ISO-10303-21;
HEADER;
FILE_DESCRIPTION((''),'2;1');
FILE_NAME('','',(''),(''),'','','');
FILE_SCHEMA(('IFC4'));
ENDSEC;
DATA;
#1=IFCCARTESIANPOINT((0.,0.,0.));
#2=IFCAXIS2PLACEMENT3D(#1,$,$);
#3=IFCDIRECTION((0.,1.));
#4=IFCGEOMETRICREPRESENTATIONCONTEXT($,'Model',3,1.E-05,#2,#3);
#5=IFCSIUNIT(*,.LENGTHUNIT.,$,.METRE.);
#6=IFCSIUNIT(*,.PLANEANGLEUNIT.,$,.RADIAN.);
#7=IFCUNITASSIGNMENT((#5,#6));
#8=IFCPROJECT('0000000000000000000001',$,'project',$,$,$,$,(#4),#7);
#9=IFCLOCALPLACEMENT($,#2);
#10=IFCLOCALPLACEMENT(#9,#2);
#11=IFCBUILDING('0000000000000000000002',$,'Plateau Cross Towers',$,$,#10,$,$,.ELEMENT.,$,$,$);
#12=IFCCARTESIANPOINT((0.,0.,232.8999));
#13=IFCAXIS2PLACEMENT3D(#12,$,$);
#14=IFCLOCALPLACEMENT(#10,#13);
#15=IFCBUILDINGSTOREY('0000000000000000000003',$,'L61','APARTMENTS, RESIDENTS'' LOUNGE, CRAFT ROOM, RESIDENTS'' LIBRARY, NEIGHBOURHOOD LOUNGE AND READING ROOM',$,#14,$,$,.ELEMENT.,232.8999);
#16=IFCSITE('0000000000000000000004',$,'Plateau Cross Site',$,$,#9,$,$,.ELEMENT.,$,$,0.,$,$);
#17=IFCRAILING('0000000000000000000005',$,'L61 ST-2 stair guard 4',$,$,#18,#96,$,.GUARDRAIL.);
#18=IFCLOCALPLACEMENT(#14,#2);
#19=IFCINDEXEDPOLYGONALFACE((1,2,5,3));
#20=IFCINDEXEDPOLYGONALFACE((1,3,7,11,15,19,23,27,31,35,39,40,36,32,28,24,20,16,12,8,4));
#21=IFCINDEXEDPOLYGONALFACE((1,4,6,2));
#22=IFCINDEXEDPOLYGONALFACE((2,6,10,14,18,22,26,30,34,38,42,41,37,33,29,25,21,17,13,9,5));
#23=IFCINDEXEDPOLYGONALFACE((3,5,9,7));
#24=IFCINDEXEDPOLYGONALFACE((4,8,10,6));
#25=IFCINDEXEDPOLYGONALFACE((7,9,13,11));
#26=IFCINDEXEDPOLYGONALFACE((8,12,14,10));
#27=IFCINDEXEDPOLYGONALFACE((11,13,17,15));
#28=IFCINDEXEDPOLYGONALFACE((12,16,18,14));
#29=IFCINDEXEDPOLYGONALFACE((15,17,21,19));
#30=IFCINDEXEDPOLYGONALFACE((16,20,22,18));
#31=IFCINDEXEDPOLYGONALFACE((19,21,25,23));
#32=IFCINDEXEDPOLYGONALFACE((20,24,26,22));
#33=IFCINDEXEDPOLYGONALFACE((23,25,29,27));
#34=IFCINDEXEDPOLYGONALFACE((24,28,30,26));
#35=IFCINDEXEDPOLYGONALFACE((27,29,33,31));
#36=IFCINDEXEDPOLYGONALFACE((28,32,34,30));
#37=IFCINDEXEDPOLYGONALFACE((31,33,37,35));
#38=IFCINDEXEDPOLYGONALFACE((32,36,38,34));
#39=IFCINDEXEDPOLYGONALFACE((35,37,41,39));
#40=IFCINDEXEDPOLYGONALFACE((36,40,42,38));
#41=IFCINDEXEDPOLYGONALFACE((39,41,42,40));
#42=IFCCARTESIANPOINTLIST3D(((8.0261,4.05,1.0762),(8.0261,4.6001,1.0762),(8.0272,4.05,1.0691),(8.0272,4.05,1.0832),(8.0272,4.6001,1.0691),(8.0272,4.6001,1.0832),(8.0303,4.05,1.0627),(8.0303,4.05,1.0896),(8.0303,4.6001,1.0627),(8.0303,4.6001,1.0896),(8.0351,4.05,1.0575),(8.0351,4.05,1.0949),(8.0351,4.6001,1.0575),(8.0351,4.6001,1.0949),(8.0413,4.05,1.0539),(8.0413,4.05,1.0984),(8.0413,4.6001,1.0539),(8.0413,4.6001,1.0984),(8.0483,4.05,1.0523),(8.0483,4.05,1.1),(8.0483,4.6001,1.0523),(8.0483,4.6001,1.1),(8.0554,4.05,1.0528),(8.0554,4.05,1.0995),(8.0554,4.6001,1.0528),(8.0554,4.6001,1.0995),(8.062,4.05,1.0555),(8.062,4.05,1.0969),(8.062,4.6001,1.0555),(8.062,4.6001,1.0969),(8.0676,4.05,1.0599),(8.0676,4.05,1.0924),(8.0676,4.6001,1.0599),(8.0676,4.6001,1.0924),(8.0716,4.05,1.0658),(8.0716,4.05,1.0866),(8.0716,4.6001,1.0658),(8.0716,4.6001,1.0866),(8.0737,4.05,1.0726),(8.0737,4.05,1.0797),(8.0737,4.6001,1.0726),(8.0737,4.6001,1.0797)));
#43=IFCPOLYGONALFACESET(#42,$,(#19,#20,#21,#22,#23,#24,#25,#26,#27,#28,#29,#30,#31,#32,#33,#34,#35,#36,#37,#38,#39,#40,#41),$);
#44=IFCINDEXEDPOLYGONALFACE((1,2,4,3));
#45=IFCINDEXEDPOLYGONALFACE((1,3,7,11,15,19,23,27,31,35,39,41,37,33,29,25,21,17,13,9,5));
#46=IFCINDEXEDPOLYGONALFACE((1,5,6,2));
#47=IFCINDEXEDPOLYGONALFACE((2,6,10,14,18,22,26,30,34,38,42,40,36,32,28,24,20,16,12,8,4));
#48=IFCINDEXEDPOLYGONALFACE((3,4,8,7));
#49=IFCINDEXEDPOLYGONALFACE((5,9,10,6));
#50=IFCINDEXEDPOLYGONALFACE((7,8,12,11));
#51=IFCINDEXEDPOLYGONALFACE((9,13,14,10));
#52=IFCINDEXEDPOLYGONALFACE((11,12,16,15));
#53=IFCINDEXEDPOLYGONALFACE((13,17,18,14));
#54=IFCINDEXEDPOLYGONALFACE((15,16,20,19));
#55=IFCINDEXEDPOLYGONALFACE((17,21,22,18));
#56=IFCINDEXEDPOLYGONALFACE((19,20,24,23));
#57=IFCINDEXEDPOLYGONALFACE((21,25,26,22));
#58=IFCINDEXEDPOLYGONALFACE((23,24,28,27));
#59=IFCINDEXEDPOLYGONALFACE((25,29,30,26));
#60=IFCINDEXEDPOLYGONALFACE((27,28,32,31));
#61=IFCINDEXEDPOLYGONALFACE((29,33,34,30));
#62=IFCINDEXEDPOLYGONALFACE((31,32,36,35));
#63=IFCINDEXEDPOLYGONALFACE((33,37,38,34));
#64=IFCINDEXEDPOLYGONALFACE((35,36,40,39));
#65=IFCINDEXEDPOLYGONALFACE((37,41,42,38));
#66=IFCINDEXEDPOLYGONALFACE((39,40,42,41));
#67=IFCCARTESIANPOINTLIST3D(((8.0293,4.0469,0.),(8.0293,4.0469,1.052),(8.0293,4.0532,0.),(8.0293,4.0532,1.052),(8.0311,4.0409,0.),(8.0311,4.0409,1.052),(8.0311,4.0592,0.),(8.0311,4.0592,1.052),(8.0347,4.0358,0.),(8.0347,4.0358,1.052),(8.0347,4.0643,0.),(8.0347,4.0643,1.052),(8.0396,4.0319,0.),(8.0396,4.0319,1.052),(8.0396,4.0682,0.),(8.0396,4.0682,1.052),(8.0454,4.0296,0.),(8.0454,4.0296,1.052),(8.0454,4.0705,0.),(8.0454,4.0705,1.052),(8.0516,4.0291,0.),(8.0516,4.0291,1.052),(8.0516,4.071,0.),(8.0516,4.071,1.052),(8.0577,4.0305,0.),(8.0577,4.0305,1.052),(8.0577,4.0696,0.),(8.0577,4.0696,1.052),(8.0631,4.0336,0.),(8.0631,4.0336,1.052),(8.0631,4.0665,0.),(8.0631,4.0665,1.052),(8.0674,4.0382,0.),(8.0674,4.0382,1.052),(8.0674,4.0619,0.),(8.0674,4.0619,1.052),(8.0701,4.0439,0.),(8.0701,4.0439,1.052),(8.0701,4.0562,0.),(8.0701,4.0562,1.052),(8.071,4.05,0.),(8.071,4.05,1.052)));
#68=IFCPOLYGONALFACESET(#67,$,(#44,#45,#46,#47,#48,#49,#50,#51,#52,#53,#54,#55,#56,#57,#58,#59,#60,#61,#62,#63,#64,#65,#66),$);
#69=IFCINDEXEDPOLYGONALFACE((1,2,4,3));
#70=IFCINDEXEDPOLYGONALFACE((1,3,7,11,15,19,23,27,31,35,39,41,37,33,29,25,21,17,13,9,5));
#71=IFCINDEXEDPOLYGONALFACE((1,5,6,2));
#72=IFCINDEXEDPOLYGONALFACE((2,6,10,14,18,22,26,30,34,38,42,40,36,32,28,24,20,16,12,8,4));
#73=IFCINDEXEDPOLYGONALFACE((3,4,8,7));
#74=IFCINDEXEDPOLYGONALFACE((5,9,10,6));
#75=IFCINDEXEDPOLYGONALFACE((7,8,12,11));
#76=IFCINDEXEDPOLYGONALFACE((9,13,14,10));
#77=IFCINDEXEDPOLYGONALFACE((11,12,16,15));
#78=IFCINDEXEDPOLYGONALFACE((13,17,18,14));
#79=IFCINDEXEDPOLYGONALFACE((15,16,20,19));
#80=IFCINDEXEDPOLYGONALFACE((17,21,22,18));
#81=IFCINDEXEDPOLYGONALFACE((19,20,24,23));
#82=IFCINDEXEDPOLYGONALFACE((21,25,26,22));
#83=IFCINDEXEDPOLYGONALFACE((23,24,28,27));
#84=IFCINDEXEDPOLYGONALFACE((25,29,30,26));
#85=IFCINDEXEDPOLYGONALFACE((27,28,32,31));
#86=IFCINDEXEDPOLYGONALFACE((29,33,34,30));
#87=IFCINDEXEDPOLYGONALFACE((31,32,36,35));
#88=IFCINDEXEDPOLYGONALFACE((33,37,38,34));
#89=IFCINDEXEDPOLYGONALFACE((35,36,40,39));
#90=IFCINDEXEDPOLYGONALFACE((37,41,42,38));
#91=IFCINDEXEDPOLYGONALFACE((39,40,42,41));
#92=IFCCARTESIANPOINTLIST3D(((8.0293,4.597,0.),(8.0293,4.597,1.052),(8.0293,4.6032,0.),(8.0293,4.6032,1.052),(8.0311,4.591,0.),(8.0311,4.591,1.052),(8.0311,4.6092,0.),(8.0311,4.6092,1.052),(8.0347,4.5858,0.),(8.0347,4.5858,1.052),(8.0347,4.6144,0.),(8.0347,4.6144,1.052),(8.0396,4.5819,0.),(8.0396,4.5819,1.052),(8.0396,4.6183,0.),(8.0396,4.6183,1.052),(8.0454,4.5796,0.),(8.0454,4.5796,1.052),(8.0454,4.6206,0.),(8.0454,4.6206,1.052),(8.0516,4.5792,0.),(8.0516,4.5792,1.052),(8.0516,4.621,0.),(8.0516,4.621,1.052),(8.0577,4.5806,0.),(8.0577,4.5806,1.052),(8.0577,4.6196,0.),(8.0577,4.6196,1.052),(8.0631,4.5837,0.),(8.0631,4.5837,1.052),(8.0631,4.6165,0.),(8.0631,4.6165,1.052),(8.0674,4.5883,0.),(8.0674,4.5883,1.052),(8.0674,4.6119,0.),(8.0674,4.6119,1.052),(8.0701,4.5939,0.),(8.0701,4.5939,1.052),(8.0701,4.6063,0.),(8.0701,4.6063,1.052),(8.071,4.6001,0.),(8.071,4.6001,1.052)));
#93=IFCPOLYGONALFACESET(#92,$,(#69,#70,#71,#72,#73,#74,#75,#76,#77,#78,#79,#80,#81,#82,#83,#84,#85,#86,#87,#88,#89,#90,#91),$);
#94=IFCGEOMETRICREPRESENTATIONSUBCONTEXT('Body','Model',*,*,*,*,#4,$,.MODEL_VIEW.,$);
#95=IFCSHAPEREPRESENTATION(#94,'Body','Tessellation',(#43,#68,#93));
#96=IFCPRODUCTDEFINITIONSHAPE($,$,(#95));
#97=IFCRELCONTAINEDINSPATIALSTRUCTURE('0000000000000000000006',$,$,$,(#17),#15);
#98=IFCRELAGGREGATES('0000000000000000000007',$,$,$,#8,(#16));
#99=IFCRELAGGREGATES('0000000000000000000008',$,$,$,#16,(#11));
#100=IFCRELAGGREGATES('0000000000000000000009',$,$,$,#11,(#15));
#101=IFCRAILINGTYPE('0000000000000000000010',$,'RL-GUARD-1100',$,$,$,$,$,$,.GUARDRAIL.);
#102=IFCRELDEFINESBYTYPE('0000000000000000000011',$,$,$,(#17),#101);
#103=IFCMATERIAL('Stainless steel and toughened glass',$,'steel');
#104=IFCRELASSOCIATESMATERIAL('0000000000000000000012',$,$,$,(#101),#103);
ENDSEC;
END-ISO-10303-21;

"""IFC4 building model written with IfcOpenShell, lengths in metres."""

from ifc_helpers import new_model, si_unit, direction, frame, origin, origin_2d, place, context, subcontext, project, spatial, circle, extrude, material, type_object, element, save


model = new_model("IFC4")

# Units and contexts
model_context = context("Model", 3, precision=1e-05, world=origin(), true_north=direction((0.0, 1.0)))
body_context = subcontext(model_context, "Body", "Model", "MODEL_VIEW")
ifc_project = project(units=[si_unit("LENGTHUNIT", "METRE"), si_unit("PLANEANGLEUNIT", "RADIAN")], contexts=[model_context])

# Site, building, storey
site_placement = place(None, origin())
site = spatial("IfcSite", under=ifc_project, at=site_placement, Name="Plateau Cross Site", CompositionType="ELEMENT", RefElevation=0.0)
building_placement = place(site_placement, origin())
building = spatial("IfcBuilding", under=site, at=building_placement, Name="Plateau Cross Towers", CompositionType="ELEMENT")
storey_placement = place(building_placement, frame((0.0, 0.0, 232.8999)))
storey = spatial("IfcBuildingStorey", under=building, at=storey_placement, Name="L61", Description="APARTMENTS, RESIDENTS' LOUNGE, CRAFT ROOM, RESIDENTS' LIBRARY, NEIGHBOURHOOD LOUNGE AND READING ROOM", CompositionType="ELEMENT", Elevation=232.8999)

# Railing
ifc_material_1 = material(Name="Stainless steel and toughened glass", Category="steel")
railing_type_1 = type_object("IfcRailingType", Name="RL-GUARD-1100", PredefinedType="GUARDRAIL", material=ifc_material_1)
railing_1_placement = place(storey_placement, frame((8.05, 4.05, 0.0)))
element("IfcRailing", 1, at=railing_1_placement, inside=storey, type_object=railing_type_1, Name="L61 ST-2 stair guard 4", PredefinedType="GUARDRAIL", context=body_context, shape_type="SweptSolid", body=[
    extrude(circle(Radius=0.0239, at=origin_2d()), frame((0.0, 0.0, 1.0762), z_axis=(0.0, 1.0, 0.0), x_axis=(-1.0, 0.0, 0.0)), (0.0, 0.0, 1.0), 0.55),
    extrude(circle(Radius=0.021, at=origin_2d()), origin(), (0.0, 0.0, 1.0), 1.052),
    extrude(circle(Radius=0.021, at=origin_2d()), frame((0.0, 0.55, 0.0)), (0.0, 0.0, 1.0), 1.052),
])

save(model, "model.ifc")
